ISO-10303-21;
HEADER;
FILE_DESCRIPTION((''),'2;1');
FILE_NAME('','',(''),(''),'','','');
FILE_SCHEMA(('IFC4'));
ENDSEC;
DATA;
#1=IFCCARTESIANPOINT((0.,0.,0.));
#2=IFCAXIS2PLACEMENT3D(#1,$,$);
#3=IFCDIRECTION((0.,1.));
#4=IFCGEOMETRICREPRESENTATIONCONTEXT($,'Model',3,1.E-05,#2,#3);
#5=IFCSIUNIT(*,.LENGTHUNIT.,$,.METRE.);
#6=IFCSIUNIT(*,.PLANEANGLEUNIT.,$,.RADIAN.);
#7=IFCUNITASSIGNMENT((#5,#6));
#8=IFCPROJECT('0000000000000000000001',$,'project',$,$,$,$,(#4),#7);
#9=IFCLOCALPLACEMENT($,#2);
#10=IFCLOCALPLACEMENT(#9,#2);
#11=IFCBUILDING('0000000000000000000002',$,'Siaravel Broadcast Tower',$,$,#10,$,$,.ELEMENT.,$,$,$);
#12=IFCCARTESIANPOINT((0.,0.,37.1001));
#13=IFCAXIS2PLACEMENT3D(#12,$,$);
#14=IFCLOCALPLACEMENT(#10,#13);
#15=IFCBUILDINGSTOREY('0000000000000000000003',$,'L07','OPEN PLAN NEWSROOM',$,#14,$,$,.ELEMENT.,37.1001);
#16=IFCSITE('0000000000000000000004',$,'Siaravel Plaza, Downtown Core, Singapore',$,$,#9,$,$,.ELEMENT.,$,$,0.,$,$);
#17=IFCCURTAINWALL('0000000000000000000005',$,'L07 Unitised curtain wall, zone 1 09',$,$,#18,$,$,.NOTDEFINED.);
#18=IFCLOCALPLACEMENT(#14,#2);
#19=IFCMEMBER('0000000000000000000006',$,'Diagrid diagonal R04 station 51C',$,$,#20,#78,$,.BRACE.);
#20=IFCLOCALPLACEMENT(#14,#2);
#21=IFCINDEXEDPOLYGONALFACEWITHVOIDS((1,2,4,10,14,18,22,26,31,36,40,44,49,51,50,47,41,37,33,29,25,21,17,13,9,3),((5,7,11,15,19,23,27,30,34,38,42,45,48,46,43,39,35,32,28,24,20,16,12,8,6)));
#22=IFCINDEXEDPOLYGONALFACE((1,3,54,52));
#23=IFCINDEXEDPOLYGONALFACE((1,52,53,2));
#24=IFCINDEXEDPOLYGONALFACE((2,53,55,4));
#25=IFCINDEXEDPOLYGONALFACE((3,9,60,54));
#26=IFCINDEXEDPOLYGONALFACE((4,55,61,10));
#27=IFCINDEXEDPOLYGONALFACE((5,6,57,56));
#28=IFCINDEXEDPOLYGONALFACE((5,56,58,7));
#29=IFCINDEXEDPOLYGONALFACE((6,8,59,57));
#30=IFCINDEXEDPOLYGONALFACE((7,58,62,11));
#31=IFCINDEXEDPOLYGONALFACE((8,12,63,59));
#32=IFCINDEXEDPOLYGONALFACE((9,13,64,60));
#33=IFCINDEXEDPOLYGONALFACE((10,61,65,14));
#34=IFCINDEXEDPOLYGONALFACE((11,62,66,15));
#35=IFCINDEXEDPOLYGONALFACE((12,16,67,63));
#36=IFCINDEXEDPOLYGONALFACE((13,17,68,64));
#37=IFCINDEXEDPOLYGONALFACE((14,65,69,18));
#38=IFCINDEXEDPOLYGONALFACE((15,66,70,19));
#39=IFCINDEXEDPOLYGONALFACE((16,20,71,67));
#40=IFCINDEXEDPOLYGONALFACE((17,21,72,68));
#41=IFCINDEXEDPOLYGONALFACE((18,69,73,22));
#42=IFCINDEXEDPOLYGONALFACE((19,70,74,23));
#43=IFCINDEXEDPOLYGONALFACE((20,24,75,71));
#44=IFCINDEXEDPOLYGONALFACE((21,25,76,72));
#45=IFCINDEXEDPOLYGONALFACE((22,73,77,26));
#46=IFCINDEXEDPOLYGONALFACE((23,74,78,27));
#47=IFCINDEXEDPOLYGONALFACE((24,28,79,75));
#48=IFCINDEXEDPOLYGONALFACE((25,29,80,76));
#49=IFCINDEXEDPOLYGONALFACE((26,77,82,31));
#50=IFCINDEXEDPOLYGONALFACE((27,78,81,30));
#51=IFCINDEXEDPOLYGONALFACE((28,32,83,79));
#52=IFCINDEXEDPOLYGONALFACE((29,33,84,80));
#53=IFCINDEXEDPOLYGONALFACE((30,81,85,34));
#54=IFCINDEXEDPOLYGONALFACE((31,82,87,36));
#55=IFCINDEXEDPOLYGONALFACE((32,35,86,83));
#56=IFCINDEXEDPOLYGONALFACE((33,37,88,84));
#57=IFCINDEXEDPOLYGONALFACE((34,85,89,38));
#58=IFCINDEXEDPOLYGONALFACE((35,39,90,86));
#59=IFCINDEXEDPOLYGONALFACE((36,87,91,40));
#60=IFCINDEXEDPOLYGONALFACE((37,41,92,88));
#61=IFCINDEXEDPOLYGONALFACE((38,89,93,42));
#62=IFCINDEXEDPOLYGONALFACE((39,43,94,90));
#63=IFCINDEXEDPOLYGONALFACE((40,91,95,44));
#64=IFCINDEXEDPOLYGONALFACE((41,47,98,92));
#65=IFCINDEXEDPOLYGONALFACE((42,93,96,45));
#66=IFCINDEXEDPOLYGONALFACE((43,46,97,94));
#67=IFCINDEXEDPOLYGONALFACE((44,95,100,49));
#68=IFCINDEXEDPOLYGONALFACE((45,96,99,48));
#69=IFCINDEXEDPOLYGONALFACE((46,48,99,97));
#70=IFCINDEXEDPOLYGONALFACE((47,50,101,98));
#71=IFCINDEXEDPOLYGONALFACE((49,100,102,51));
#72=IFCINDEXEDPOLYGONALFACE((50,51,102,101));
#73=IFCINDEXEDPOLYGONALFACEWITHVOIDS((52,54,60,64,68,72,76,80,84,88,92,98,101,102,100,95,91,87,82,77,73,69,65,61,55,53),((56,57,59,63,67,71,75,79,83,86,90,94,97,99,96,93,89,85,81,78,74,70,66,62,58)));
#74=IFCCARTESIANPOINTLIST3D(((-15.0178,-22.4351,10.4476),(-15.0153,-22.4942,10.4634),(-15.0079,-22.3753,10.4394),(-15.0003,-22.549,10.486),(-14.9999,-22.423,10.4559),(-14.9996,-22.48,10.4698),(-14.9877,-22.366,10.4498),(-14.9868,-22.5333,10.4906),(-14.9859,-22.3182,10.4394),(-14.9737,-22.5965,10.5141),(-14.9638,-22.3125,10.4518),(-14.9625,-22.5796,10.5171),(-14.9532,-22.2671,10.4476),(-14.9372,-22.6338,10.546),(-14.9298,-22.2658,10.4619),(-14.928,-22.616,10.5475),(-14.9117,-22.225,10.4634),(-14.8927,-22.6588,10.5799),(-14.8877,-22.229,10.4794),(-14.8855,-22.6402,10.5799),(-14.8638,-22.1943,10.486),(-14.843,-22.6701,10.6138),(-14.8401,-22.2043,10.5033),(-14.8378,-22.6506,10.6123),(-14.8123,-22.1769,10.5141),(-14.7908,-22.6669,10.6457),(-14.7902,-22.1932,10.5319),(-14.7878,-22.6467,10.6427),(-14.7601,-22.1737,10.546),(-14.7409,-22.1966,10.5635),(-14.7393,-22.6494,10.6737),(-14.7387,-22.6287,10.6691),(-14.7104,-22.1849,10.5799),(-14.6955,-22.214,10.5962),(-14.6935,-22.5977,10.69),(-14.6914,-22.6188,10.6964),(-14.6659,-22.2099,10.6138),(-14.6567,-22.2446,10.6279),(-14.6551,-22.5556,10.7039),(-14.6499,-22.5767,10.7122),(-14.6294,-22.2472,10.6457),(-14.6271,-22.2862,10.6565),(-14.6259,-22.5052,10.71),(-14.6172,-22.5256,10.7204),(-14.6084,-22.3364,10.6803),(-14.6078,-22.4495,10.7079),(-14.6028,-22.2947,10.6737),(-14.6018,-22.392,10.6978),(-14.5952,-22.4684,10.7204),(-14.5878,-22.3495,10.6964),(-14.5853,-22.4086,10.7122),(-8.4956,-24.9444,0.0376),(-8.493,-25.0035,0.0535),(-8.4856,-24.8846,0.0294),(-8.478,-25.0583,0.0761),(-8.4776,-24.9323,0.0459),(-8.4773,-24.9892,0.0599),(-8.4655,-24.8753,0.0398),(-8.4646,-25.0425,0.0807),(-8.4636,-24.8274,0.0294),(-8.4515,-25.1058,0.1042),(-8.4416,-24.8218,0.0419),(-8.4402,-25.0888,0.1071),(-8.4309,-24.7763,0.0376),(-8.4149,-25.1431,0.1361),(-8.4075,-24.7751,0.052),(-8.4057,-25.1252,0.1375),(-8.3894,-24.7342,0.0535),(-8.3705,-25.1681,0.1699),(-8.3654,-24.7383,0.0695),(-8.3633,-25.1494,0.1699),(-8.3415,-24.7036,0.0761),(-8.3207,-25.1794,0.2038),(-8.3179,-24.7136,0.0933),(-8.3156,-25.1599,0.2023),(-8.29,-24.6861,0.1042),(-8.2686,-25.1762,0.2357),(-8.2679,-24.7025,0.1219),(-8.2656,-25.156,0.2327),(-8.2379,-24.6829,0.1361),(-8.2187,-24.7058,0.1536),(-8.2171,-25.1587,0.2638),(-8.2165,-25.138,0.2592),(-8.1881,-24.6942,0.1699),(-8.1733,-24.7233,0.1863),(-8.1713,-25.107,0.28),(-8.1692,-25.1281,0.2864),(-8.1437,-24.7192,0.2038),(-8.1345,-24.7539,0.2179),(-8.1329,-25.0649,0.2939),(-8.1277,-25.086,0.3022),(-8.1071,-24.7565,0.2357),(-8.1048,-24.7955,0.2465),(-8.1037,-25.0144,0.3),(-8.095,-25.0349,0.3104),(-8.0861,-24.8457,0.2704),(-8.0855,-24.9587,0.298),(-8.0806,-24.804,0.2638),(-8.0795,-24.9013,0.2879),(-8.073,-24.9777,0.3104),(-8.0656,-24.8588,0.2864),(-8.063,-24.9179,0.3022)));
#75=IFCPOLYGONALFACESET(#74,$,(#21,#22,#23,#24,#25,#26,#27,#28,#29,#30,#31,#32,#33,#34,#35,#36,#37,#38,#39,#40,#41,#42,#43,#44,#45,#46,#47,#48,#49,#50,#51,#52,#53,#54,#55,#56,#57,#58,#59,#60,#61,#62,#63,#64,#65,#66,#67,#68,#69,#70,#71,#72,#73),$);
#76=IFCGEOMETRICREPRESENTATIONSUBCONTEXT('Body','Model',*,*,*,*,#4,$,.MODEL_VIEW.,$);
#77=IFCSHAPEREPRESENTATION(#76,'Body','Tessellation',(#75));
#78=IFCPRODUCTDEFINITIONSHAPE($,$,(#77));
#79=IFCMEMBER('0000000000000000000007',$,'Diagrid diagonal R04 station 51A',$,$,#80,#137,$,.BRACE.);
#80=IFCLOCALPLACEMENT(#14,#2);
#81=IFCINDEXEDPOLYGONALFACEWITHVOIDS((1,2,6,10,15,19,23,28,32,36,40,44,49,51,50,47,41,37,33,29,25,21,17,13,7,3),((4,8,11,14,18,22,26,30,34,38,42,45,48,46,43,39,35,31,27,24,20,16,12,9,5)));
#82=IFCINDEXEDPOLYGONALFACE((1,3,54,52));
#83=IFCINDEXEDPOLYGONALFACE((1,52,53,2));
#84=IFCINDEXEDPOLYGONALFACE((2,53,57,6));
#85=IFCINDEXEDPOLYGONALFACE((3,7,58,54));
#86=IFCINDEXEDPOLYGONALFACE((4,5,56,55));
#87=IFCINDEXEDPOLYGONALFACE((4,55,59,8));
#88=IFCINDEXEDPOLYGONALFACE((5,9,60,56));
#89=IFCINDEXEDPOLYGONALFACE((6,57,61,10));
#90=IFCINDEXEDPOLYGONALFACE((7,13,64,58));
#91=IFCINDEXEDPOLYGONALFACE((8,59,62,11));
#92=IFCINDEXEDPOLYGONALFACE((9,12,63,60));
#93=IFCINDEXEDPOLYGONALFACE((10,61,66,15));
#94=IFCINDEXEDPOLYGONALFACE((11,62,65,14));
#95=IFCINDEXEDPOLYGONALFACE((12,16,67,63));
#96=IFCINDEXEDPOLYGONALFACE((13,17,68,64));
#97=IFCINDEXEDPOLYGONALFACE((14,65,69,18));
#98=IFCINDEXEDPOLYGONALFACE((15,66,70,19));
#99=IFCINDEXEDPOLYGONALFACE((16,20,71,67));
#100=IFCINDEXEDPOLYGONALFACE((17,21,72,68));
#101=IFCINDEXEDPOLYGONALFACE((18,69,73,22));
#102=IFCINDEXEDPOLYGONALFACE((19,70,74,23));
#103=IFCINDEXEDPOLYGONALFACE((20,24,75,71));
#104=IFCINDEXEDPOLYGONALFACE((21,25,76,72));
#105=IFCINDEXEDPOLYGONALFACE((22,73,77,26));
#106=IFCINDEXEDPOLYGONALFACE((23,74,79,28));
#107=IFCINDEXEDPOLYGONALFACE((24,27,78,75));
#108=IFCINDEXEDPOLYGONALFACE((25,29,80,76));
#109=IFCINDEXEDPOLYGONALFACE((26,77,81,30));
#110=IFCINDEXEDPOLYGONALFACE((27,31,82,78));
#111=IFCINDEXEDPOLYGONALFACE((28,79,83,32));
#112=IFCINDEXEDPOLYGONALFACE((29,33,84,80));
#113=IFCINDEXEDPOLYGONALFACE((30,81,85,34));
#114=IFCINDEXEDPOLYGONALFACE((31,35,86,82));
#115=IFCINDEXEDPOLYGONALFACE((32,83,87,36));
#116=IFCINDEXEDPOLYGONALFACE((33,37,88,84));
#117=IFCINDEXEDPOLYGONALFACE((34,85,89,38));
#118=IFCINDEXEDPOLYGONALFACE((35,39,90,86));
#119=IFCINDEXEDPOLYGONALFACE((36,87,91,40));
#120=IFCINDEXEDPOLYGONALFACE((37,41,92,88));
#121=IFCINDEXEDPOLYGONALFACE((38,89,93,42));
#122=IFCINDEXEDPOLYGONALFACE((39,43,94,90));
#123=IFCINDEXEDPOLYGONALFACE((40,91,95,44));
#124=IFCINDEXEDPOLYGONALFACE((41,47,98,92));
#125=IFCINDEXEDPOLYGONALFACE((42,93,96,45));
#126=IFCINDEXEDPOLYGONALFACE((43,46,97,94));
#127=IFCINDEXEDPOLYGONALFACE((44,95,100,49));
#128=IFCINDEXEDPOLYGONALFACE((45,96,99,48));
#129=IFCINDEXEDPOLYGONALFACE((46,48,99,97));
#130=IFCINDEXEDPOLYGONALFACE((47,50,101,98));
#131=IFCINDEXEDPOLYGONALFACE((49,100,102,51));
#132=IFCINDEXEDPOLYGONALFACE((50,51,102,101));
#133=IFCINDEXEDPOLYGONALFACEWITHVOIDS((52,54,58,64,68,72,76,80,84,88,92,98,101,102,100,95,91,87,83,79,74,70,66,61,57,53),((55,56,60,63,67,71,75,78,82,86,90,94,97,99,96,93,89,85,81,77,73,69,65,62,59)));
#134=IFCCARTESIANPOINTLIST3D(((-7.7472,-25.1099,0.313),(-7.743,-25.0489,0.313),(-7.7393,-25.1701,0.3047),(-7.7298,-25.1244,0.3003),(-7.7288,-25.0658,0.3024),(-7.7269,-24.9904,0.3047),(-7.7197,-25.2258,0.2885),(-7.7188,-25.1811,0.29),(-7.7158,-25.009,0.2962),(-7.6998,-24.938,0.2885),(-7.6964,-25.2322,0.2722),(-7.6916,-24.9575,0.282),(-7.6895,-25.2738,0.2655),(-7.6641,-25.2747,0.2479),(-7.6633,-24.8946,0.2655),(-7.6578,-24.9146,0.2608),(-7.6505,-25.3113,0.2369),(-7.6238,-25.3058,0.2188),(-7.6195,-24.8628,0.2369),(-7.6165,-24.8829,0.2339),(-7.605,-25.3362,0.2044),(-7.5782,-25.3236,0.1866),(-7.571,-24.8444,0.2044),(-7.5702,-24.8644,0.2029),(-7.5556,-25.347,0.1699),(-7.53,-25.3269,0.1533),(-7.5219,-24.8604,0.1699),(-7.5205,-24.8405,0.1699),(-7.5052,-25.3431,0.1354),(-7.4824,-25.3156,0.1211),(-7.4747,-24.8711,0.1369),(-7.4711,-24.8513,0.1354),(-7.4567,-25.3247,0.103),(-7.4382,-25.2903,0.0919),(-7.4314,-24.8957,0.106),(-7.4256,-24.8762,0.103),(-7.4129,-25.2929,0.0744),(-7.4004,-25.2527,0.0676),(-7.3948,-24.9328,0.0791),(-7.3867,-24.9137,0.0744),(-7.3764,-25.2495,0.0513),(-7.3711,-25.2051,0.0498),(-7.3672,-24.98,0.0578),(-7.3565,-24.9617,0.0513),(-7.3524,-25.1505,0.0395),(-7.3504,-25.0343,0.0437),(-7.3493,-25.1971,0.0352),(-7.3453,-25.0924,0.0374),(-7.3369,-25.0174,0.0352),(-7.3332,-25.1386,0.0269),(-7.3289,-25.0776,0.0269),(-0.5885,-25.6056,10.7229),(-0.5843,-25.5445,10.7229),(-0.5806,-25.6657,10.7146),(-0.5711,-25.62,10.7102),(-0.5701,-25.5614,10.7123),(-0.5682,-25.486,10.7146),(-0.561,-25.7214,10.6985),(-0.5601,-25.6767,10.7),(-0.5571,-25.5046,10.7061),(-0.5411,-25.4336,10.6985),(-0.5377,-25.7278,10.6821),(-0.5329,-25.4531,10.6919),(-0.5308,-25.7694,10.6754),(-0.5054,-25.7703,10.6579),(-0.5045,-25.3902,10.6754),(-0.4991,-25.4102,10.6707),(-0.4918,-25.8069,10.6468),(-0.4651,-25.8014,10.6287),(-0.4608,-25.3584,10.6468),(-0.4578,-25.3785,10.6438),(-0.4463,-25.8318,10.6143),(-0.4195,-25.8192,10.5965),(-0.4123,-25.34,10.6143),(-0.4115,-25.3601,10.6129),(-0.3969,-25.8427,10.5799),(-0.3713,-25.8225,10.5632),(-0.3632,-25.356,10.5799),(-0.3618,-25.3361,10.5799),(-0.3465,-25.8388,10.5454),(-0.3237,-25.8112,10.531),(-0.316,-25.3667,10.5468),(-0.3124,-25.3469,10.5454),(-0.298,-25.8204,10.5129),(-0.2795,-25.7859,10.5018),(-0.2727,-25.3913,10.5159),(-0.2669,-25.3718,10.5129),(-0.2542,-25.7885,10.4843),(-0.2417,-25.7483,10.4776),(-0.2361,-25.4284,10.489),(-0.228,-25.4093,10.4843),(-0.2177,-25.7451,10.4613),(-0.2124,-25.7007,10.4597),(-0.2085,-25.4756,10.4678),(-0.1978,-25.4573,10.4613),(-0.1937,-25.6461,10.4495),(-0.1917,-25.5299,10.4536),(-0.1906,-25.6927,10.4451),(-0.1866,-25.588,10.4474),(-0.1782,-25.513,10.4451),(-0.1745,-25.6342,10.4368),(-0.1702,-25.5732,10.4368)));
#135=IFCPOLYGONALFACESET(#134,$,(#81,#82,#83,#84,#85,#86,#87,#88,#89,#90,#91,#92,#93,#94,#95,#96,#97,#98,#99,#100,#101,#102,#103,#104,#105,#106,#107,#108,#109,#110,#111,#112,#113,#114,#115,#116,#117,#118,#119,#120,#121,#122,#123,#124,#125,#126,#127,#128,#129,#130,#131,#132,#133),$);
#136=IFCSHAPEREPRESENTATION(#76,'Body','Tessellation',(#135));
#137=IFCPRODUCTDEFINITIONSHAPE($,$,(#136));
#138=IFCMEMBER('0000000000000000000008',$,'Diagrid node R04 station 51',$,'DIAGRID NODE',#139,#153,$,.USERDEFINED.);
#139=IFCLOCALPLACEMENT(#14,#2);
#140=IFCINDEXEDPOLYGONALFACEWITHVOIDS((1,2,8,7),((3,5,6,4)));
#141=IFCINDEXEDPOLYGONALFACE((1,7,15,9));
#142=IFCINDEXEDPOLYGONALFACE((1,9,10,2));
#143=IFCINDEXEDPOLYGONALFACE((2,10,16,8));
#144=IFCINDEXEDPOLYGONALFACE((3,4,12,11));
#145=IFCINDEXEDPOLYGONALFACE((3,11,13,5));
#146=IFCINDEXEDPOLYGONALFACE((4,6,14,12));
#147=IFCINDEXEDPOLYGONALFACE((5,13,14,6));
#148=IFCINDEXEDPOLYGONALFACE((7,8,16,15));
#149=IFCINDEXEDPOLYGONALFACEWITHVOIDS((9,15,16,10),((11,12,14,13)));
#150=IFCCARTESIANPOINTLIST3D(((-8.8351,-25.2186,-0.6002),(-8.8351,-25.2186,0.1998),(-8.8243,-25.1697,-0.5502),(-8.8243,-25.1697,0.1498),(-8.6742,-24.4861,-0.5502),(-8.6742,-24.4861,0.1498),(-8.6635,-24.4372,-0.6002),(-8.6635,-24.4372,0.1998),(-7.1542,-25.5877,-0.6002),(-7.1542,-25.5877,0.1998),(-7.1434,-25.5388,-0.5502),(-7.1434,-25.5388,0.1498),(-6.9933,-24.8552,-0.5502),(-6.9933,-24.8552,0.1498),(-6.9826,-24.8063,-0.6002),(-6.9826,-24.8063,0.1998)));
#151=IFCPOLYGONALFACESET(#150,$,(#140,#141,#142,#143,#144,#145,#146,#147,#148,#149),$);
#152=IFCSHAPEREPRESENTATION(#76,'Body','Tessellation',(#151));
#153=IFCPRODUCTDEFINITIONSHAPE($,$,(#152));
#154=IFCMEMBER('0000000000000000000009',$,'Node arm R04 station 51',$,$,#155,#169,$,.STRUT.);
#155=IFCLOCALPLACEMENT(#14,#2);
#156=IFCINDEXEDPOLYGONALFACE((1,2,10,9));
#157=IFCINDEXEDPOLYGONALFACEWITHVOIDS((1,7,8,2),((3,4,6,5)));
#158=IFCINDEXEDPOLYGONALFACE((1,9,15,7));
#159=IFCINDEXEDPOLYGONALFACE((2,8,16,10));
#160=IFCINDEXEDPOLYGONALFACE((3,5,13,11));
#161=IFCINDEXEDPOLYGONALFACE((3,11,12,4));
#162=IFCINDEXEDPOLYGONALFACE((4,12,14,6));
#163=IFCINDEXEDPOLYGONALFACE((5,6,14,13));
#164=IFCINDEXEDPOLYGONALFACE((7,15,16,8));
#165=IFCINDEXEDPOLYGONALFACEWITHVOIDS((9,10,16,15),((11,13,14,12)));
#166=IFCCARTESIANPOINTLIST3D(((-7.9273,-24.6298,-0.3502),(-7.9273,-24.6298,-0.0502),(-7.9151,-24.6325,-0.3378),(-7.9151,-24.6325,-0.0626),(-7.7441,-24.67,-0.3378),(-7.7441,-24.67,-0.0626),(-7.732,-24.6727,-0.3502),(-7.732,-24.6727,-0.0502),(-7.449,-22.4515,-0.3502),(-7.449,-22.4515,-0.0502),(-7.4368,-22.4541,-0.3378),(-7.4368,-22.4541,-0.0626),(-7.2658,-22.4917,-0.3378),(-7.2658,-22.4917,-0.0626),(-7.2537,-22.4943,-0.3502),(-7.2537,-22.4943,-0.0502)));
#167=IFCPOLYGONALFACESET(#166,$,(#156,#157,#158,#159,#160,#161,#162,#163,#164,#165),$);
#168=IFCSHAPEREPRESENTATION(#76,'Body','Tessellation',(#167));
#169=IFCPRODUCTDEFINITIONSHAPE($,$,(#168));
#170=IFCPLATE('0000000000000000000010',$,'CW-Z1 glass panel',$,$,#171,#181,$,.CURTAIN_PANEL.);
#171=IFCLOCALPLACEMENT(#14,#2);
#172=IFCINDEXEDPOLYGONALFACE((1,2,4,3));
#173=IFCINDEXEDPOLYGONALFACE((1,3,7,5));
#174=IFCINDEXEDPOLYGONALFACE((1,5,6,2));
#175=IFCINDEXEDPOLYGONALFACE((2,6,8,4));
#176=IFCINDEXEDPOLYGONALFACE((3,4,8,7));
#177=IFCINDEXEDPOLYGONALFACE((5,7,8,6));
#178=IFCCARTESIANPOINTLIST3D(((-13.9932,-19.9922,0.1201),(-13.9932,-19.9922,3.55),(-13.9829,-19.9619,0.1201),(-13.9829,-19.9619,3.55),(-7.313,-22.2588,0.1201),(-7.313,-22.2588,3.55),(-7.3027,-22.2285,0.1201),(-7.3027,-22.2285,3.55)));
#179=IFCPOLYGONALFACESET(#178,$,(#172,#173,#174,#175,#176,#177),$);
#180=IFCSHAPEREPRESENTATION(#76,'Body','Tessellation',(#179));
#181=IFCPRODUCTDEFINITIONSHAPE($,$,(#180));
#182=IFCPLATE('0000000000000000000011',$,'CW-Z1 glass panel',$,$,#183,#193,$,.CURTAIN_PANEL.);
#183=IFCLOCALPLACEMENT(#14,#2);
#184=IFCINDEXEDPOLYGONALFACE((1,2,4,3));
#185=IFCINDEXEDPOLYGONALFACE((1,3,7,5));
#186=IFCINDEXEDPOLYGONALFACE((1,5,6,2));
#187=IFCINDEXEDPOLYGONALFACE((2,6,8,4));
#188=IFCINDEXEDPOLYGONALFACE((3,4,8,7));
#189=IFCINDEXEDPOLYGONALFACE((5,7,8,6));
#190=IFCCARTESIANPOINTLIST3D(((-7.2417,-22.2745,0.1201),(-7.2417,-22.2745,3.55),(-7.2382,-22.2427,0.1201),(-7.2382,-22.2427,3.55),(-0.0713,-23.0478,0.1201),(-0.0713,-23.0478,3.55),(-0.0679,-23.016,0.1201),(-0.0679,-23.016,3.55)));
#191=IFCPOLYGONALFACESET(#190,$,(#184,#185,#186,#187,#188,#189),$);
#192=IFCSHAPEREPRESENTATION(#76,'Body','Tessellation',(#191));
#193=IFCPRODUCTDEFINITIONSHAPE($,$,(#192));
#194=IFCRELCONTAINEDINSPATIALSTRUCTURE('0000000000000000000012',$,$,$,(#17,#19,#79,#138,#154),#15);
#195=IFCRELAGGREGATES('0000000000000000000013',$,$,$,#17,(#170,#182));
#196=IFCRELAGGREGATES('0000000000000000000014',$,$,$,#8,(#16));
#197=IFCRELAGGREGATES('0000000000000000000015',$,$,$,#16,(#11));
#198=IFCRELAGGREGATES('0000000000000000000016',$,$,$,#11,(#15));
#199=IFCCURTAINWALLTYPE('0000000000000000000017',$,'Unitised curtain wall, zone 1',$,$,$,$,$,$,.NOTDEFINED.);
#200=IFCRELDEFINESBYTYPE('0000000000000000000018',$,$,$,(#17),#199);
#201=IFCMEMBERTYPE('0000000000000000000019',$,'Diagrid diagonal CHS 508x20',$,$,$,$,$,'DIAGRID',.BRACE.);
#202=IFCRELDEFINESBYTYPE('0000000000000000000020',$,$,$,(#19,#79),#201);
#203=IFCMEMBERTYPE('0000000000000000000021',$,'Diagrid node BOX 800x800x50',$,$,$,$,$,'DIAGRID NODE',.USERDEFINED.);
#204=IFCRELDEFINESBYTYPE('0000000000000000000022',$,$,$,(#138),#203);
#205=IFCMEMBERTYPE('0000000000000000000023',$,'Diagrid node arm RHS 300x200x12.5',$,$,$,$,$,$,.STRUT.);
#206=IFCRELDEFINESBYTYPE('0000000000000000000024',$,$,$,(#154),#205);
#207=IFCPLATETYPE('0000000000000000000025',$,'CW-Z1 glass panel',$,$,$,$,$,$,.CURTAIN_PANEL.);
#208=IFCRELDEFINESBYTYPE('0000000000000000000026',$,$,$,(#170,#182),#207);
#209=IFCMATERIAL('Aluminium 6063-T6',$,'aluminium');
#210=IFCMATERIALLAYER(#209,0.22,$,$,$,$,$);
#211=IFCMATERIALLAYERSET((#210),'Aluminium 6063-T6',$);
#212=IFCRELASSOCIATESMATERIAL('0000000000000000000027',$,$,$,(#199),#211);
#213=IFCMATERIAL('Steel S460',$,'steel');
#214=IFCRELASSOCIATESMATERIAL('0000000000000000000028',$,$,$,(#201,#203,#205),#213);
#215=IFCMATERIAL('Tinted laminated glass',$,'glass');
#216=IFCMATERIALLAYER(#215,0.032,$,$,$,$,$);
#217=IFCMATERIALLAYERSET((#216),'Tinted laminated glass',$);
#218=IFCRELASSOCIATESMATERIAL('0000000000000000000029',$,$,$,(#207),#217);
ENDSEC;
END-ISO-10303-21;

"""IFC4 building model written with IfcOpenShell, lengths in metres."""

from ifc_helpers import new_model, si_unit, direction, frame, origin, origin_2d, place, context, subcontext, project, spatial, rectangle, hollow_rectangle, hollow_circle, extrude, material, layer, layer_set, material_profile, profile_set, type_object, element, aggregate, save


model = new_model("IFC4")

# Units and contexts
model_context = context("Model", 3, precision=1e-05, world=origin(), true_north=direction((0.0, 1.0)))
body_context = subcontext(model_context, "Body", "Model", "MODEL_VIEW")
ifc_project = project(units=[si_unit("LENGTHUNIT", "METRE"), si_unit("PLANEANGLEUNIT", "RADIAN")], contexts=[model_context])

# Site, building, storey
site_placement = place(None, origin())
site = spatial("IfcSite", under=ifc_project, at=site_placement, Name="Siaravel Plaza, Downtown Core, Singapore", CompositionType="ELEMENT", RefElevation=0.0)
building_placement = place(site_placement, origin())
building = spatial("IfcBuilding", under=site, at=building_placement, Name="Siaravel Broadcast Tower", CompositionType="ELEMENT")
storey_placement = place(building_placement, frame((0.0, 0.0, 37.1001)))
storey = spatial("IfcBuildingStorey", under=building, at=storey_placement, Name="L07", Description="OPEN PLAN NEWSROOM", CompositionType="ELEMENT", Elevation=37.1001)

# Curtain wall
ifc_material_1 = material(Name="Aluminium 6063-T6", Category="aluminium")
ifc_layer_1 = layer(ifc_material_1, 0.22)
ifc_layer_set_1 = layer_set([ifc_layer_1], Name="Aluminium 6063-T6")
curtain_wall_type = type_object("IfcCurtainWallType", Name="Unitised curtain wall, zone 1", PredefinedType="NOTDEFINED", material=ifc_layer_set_1)
curtain_wall_placement = place(storey_placement, origin())
curtain_wall = element("IfcCurtainWall", 1, at=curtain_wall_placement, inside=storey, type_object=curtain_wall_type, Name="L07 Unitised curtain wall, zone 1 09", PredefinedType="NOTDEFINED")

# Members
ifc_material_2 = material(Name="Steel S460", Category="steel")
ifc_material_profile_1 = material_profile(ifc_material_2, hollow_circle(Radius=0.2539, WallThickness=0.02, at=origin_2d()))
ifc_profile_set_1 = profile_set([ifc_material_profile_1], Name="Steel S460")
member_type_1 = type_object("IfcMemberType", Name="Diagrid diagonal CHS 508x20", ElementType="DIAGRID", PredefinedType="BRACE", material=ifc_profile_set_1)
member_1_placement = place(storey_placement, frame((-8.2793, -24.9312, 0.1699), z_axis=(-0.520195, 0.200133, 0.830267), x_axis=(-0.35907, -0.93331, 0.0)))
element("IfcMember", 2, at=member_1_placement, inside=storey, type_object=member_type_1, Name="Diagrid diagonal R04 station 51C", PredefinedType="BRACE", context=body_context, shape_type="SweptSolid", body=[
    extrude(hollow_circle(Radius=0.2539, WallThickness=0.02, at=origin_2d()), origin(), (0.0, 0.0, 1.0), 12.5381),
])
member_2_placement = place(storey_placement, frame((-7.5381, -25.0938, 0.1699), z_axis=(0.566194, -0.039198, 0.823339), x_axis=(0.069066, 0.997612, 0.0)))
element("IfcMember", 3, at=member_2_placement, inside=storey, type_object=member_type_1, Name="Diagrid diagonal R04 station 51A", PredefinedType="BRACE", context=body_context, shape_type="SweptSolid", body=[
    extrude(hollow_circle(Radius=0.2539, WallThickness=0.02, at=origin_2d()), origin(), (0.0, 0.0, 1.0), 12.6436),
])
ifc_material_profile_2 = material_profile(ifc_material_2, hollow_rectangle(XDim=0.8, YDim=0.8, WallThickness=0.05, at=origin_2d()))
ifc_profile_set_2 = profile_set([ifc_material_profile_2], Name="Steel S460")
member_type_2 = type_object("IfcMemberType", Name="Diagrid node BOX 800x800x50", ElementType="DIAGRID NODE", PredefinedType="USERDEFINED", material=ifc_profile_set_2)
member_3_placement = place(storey_placement, frame((-8.7493, -24.8279, -0.2002), z_axis=(0.976725, -0.214496, 0.0), x_axis=(0.214496, 0.976725, 0.0)))
element("IfcMember", 4, at=member_3_placement, inside=storey, type_object=member_type_2, Name="Diagrid node R04 station 51", ObjectType="DIAGRID NODE", PredefinedType="USERDEFINED", context=body_context, shape_type="SweptSolid", body=[
    extrude(hollow_rectangle(XDim=0.8, YDim=0.8, WallThickness=0.05, at=origin_2d()), origin(), (0.0, 0.0, 1.0), 1.7209),
])
ifc_material_profile_3 = material_profile(ifc_material_2, hollow_rectangle(XDim=0.2, YDim=0.3, WallThickness=0.0125, at=origin_2d()))
ifc_profile_set_3 = profile_set([ifc_material_profile_3], Name="Steel S460")
member_type_3 = type_object("IfcMemberType", Name="Diagrid node arm RHS 300x200x12.5", PredefinedType="STRUT", material=ifc_profile_set_3)
member_4_placement = place(storey_placement, frame((-7.3513, -22.4729, -0.2002), z_axis=(-0.214461, -0.976733, 0.0), x_axis=(0.976733, -0.214461, 0.0)))
element("IfcMember", 5, at=member_4_placement, inside=storey, type_object=member_type_3, Name="Node arm R04 station 51", PredefinedType="STRUT", context=body_context, shape_type="SweptSolid", body=[
    extrude(hollow_rectangle(XDim=0.2, YDim=0.3, WallThickness=0.0125, at=origin_2d()), origin(), (0.0, 0.0, 1.0), 2.2302),
])

# Plates
ifc_material_3 = material(Name="Tinted laminated glass", Category="glass")
ifc_layer_2 = layer(ifc_material_3, 0.032)
ifc_layer_set_2 = layer_set([ifc_layer_2], Name="Tinted laminated glass")
plate_type = type_object("IfcPlateType", Name="CW-Z1 glass panel", PredefinedType="CURTAIN_PANEL", material=ifc_layer_set_2)
plate_1_placement = place(storey_placement, frame((-10.6479, -21.1104, 0.1201), z_axis=(0.0, 0.0, 1.0), x_axis=(0.946977, -0.321301, 0.0)))
plate_1 = element("IfcPlate", 6, at=plate_1_placement, type_object=plate_type, Name="CW-Z1 glass panel", PredefinedType="CURTAIN_PANEL", context=body_context, shape_type="SweptSolid", body=[
    extrude(rectangle(XDim=7.0542, YDim=0.032, at=origin_2d()), origin(), (0.0, 0.0, 1.0), 3.4299),
])
plate_2_placement = place(storey_placement, frame((-3.6548, -22.6453, 0.1201), z_axis=(0.0, 0.0, 1.0), x_axis=(0.994236, -0.107218, 0.0)))
plate_2 = element("IfcPlate", 7, at=plate_2_placement, type_object=plate_type, Name="CW-Z1 glass panel", PredefinedType="CURTAIN_PANEL", context=body_context, shape_type="SweptSolid", body=[
    extrude(rectangle(XDim=7.2119, YDim=0.032, at=origin_2d()), origin(), (0.0, 0.0, 1.0), 3.4299),
])
aggregate(curtain_wall, [plate_1, plate_2])

save(model, "model.ifc")
